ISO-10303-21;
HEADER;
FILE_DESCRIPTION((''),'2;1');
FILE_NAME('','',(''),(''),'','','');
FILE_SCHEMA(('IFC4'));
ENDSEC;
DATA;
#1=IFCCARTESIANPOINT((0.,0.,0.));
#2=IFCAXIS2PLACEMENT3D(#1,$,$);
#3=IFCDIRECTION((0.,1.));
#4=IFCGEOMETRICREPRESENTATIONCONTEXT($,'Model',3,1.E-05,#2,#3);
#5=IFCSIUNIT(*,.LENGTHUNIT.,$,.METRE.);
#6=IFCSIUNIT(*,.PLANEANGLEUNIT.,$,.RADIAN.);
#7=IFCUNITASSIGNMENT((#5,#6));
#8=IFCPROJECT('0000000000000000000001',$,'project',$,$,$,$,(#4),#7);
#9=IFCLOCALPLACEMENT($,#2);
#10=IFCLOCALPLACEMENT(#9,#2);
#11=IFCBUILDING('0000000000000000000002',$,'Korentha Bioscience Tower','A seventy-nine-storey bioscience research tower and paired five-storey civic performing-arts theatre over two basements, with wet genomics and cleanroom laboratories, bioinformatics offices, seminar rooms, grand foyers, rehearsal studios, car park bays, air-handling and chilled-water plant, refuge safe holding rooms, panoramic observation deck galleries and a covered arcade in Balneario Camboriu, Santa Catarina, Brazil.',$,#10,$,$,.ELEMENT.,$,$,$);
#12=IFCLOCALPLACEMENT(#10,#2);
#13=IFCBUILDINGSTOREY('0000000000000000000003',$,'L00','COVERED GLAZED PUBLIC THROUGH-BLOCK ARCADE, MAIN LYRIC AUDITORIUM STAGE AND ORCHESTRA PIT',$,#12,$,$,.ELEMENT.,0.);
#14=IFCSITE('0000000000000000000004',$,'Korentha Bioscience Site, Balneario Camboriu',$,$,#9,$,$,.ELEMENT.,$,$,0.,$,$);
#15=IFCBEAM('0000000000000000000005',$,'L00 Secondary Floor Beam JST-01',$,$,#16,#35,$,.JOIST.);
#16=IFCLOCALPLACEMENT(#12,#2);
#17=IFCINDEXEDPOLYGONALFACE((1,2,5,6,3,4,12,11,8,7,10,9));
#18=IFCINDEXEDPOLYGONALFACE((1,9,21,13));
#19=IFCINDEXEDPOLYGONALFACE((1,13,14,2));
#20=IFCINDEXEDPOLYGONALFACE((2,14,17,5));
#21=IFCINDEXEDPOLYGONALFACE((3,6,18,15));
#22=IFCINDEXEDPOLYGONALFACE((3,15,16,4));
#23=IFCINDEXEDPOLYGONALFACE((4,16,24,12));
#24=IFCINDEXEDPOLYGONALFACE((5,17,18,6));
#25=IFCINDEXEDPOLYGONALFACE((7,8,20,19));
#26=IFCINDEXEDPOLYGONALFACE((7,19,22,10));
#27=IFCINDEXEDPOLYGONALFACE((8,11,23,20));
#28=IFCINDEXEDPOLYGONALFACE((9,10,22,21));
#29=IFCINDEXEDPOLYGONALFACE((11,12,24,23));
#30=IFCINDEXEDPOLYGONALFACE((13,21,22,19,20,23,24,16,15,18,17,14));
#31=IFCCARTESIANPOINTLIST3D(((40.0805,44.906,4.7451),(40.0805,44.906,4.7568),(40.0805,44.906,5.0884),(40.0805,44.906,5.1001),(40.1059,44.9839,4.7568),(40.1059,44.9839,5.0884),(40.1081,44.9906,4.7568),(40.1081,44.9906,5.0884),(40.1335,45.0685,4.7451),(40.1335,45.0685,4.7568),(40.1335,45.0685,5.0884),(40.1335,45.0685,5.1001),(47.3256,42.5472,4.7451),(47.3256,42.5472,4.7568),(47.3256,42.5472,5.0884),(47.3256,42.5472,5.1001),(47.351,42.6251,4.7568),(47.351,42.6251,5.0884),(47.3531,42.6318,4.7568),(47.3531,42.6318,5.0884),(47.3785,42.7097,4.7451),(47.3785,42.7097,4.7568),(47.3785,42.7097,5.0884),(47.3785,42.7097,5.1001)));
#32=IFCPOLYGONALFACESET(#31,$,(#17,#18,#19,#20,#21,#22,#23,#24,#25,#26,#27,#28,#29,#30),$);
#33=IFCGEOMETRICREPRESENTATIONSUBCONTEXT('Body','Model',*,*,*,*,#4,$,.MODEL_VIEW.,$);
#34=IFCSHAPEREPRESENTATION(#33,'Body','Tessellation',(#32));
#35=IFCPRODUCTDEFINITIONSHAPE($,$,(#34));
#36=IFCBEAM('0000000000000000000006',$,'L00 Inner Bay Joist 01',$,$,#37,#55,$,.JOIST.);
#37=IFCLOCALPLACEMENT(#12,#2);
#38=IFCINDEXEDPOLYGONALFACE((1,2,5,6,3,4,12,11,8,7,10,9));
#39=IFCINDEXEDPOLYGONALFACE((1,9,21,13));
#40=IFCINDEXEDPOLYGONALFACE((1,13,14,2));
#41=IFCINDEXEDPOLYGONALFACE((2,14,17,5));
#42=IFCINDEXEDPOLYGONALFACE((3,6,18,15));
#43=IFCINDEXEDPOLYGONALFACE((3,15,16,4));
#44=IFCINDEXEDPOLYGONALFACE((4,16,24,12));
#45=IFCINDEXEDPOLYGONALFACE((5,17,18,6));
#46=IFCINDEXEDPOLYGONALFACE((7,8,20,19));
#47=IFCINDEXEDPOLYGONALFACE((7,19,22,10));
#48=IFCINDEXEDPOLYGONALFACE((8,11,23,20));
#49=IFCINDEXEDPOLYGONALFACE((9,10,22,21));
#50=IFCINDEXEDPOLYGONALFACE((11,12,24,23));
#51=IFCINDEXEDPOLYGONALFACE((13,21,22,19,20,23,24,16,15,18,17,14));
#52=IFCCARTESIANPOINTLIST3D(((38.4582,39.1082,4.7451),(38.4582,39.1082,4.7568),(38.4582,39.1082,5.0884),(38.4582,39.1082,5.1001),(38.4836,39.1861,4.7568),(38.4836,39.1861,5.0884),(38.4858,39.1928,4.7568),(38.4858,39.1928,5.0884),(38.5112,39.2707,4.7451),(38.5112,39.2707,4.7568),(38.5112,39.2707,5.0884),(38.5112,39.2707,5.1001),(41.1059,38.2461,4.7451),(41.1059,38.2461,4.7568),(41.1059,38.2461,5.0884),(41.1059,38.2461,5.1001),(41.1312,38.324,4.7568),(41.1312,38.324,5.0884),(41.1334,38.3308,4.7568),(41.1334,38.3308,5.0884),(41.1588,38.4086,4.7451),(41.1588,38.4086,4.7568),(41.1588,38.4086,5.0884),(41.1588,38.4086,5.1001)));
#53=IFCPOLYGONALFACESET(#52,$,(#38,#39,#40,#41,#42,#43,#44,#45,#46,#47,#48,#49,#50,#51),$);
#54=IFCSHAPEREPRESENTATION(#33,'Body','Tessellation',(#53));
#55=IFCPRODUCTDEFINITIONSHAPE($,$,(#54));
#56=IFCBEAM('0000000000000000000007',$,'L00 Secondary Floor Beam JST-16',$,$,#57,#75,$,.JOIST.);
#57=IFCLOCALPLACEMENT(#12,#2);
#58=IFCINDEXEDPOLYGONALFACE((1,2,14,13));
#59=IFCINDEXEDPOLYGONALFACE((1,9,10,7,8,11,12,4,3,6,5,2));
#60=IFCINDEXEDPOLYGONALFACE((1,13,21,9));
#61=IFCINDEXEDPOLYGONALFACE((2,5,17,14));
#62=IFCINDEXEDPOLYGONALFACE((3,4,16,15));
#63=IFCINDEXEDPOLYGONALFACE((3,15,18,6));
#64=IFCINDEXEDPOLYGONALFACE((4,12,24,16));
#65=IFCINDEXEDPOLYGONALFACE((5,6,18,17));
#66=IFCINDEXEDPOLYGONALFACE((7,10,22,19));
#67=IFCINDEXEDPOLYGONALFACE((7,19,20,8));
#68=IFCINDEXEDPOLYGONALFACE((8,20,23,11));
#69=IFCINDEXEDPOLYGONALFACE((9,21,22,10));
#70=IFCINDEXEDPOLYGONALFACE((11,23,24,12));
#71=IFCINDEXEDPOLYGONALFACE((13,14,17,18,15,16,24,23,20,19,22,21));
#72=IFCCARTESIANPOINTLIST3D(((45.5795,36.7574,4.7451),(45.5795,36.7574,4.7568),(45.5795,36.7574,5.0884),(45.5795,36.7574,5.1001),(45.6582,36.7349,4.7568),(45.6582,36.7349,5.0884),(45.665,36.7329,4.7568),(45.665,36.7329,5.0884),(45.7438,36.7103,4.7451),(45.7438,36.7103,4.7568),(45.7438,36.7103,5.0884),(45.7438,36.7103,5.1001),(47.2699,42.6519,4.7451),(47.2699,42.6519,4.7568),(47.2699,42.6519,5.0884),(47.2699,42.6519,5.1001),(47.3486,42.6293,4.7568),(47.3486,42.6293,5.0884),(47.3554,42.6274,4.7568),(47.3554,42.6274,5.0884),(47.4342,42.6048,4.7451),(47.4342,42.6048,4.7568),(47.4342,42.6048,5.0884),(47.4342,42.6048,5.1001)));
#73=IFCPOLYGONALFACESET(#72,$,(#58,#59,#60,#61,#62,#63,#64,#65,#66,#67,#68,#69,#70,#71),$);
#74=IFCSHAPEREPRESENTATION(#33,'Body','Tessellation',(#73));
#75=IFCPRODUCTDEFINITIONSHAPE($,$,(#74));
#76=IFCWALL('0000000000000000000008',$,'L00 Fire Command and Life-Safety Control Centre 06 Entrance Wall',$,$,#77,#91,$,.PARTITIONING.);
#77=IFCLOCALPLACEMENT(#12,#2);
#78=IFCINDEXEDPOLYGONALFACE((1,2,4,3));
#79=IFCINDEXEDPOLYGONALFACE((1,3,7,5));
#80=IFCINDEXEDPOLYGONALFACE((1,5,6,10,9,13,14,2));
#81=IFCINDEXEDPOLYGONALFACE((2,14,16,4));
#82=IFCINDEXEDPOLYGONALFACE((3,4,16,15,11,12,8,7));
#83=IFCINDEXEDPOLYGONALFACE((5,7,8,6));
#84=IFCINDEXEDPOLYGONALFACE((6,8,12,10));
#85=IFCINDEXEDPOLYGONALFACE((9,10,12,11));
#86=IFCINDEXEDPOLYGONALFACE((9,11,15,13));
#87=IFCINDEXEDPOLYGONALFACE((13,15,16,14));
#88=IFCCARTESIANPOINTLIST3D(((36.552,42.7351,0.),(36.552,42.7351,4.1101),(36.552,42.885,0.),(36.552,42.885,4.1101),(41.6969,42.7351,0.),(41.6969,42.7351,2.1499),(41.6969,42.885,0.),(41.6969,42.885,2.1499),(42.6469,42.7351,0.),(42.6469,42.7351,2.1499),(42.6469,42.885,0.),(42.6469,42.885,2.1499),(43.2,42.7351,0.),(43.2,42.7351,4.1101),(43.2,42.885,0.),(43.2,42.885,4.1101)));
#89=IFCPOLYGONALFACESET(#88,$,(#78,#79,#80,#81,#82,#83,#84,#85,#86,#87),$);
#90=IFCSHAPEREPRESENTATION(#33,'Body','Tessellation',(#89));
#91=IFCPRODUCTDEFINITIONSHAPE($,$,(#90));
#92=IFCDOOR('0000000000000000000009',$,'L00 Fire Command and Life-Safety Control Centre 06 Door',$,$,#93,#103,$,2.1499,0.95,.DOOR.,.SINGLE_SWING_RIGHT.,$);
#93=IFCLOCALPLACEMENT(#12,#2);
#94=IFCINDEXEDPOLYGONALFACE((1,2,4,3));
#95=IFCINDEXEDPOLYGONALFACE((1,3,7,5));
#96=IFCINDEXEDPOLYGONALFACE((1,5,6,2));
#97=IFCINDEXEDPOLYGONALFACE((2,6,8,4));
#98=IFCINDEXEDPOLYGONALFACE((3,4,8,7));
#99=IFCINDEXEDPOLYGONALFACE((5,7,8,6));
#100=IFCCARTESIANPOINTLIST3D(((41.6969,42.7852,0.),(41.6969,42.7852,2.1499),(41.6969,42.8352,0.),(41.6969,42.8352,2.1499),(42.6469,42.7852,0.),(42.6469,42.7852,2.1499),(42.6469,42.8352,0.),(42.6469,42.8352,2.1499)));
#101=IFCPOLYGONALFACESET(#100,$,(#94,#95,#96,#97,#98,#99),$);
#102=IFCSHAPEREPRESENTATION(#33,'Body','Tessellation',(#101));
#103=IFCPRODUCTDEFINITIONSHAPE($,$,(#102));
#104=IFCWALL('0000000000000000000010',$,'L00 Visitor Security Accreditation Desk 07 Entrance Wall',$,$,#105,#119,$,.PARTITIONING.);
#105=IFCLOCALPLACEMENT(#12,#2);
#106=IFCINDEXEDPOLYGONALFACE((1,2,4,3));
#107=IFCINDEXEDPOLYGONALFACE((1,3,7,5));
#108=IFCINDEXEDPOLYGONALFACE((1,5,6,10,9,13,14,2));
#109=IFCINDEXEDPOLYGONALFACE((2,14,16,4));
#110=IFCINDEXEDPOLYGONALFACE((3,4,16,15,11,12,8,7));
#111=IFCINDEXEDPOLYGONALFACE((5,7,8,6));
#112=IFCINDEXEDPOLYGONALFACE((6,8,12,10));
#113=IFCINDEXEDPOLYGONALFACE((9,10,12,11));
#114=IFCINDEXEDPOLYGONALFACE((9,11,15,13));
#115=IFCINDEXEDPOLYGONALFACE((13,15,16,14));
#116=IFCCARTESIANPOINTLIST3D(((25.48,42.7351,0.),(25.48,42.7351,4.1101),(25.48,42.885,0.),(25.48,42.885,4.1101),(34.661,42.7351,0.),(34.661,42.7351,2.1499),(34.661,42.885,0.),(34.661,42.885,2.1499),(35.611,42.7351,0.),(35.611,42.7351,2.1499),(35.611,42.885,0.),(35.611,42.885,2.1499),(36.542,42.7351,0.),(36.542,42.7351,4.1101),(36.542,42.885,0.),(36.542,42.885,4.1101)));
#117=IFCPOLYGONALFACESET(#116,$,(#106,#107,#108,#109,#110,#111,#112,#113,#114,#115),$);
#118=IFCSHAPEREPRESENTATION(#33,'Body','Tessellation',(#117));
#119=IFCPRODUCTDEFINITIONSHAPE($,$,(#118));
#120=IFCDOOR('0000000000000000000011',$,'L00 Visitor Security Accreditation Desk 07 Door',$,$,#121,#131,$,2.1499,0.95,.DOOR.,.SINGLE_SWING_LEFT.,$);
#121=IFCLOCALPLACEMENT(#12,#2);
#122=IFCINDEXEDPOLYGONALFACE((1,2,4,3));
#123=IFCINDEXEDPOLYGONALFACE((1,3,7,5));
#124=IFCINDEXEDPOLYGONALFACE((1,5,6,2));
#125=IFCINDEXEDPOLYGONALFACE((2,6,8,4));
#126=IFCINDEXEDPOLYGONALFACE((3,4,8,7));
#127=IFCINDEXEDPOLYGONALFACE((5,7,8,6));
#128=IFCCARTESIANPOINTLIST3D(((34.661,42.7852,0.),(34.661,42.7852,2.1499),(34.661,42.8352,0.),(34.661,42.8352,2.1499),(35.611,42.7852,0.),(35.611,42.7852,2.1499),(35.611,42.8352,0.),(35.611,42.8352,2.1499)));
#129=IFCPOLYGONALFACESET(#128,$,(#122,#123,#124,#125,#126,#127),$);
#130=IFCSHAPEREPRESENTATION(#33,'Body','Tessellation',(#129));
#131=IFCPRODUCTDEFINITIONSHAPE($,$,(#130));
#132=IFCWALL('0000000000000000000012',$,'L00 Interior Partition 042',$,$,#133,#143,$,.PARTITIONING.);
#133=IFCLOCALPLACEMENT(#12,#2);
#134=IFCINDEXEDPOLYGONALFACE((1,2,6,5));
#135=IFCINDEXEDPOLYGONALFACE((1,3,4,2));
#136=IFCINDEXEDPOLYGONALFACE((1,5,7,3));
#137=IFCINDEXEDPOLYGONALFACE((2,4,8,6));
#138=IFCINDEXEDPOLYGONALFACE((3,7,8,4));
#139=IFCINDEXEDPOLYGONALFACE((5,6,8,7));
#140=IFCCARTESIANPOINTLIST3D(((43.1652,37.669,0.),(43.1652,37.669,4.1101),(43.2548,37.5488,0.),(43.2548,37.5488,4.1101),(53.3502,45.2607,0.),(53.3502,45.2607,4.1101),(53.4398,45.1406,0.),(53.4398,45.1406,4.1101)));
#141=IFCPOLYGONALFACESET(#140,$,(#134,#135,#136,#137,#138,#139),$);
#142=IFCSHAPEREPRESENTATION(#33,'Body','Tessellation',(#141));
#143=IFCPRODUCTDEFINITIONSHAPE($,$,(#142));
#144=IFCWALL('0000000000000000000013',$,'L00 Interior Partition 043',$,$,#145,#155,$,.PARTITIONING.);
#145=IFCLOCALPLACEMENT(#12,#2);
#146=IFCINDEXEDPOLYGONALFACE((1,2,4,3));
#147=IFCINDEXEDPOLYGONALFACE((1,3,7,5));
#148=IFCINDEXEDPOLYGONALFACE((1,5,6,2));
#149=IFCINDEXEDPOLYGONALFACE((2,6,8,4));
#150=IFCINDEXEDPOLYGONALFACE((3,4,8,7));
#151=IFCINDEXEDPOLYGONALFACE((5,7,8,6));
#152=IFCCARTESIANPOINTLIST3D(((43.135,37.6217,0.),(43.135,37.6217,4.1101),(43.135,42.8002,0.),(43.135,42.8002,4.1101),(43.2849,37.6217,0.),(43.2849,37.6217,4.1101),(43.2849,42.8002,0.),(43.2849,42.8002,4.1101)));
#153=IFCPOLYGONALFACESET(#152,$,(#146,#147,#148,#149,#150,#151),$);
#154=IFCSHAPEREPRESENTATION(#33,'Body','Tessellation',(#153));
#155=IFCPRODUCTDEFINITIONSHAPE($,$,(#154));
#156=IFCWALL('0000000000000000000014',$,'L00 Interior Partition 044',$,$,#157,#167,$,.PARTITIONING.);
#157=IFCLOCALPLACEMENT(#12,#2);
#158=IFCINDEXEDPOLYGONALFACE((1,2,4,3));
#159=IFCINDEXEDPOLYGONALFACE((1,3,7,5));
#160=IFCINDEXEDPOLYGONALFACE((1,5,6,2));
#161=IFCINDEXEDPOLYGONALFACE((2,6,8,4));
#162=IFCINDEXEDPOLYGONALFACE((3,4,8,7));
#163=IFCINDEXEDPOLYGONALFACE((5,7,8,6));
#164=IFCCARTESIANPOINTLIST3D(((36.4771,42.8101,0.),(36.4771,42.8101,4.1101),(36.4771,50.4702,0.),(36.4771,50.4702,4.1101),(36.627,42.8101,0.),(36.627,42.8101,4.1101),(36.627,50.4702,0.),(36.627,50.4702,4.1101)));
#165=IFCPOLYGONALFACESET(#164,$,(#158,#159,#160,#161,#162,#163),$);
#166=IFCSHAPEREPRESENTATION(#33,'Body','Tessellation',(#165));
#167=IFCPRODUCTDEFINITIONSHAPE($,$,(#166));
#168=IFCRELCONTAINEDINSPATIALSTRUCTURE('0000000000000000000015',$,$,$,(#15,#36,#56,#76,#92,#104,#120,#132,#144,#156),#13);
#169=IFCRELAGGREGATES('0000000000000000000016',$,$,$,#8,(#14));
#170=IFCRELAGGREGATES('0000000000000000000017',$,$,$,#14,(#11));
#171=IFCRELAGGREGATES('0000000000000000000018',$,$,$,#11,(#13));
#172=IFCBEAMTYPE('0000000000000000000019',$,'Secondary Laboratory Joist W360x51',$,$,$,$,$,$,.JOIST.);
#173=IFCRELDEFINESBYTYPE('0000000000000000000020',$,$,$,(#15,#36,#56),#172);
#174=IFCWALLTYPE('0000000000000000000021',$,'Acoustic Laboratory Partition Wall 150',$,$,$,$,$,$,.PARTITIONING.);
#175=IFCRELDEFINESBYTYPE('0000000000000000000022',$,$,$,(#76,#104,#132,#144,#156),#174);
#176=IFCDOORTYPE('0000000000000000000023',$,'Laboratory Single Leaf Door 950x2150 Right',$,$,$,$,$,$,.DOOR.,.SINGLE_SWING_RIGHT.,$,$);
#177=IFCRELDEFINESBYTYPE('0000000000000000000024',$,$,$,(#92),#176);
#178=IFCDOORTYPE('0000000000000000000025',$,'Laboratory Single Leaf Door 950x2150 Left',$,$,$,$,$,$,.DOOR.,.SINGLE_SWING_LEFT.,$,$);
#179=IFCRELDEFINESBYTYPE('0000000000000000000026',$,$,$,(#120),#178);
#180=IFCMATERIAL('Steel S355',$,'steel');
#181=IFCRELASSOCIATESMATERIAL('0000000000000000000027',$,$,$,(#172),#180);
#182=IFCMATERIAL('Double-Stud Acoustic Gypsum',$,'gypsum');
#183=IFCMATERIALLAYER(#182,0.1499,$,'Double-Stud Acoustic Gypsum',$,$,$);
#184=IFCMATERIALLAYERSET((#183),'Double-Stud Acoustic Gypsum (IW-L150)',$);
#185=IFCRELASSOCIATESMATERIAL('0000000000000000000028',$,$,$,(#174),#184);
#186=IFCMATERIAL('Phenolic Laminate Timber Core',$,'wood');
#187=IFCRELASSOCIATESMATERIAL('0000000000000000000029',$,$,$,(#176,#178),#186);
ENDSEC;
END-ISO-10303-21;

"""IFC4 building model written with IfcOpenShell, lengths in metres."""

from ifc_helpers import new_model, si_unit, direction, frame, frame_2d, origin, origin_2d, place, context, subcontext, project, spatial, rectangle, i_section, extrude, material, layer, layer_set, material_profile, profile_set, type_object, element, fill, save


model = new_model("IFC4")

# Units and contexts
model_context = context("Model", 3, precision=1e-05, world=origin(), true_north=direction((0.0, 1.0)))
body_context = subcontext(model_context, "Body", "Model", "MODEL_VIEW")
ifc_project = project(units=[si_unit("LENGTHUNIT", "METRE"), si_unit("PLANEANGLEUNIT", "RADIAN")], contexts=[model_context])

# Site, building, storey
site_placement = place(None, origin())
site = spatial("IfcSite", under=ifc_project, at=site_placement, Name="Korentha Bioscience Site, Balneario Camboriu", CompositionType="ELEMENT", RefElevation=0.0)
building_placement = place(site_placement, origin())
building = spatial("IfcBuilding", under=site, at=building_placement, Name="Korentha Bioscience Tower", Description="A seventy-nine-storey bioscience research tower and paired five-storey civic performing-arts theatre over two basements, with wet genomics and cleanroom laboratories, bioinformatics offices, seminar rooms, grand foyers, rehearsal studios, car park bays, air-handling and chilled-water plant, refuge safe holding rooms, panoramic observation deck galleries and a covered arcade in Balneario Camboriu, Santa Catarina, Brazil.", CompositionType="ELEMENT")
storey_placement = place(building_placement, origin())
storey = spatial("IfcBuildingStorey", under=building, at=storey_placement, Name="L00", Description="COVERED GLAZED PUBLIC THROUGH-BLOCK ARCADE, MAIN LYRIC AUDITORIUM STAGE AND ORCHESTRA PIT", CompositionType="ELEMENT", Elevation=0.0)

# Shared definitions
ifc_material_1 = material(Name="Steel S355", Category="steel")

# Beams
ifc_material_profile_1 = material_profile(ifc_material_1, i_section(OverallWidth=0.1709, OverallDepth=0.355, WebThickness=0.0071, FlangeThickness=0.0117, at=origin_2d()), Name="Steel S355")
ifc_profile_set_1 = profile_set([ifc_material_profile_1], Name="Steel S355 (JB-360)")
beam_type_1 = type_object("IfcBeamType", Name="Secondary Laboratory Joist W360x51", PredefinedType="JOIST", material=ifc_profile_set_1)
beam_1_placement = place(storey_placement, frame((47.3521, 42.6284, 4.9226), z_axis=(-0.950871, 0.309587, 0.0), x_axis=(-0.309587, -0.950871, 0.0)))
element("IfcBeam", 1, at=beam_1_placement, inside=storey, type_object=beam_type_1, Name="L00 Secondary Floor Beam JST-01", PredefinedType="JOIST", context=body_context, shape_type="SweptSolid", body=[
    extrude(i_section(OverallWidth=0.1709, OverallDepth=0.355, WebThickness=0.0071, FlangeThickness=0.0117, at=origin_2d()), origin(), (0.0, 0.0, 1.0), 7.6194),
])
beam_2_placement = place(storey_placement, frame((41.1323, 38.3274, 4.9226), z_axis=(-0.95087, 0.309592, 0.0), x_axis=(-0.309592, -0.95087, 0.0)))
element("IfcBeam", 2, at=beam_2_placement, inside=storey, type_object=beam_type_1, Name="L00 Inner Bay Joist 01", PredefinedType="JOIST", context=body_context, shape_type="SweptSolid", body=[
    extrude(i_section(OverallWidth=0.1709, OverallDepth=0.355, WebThickness=0.0071, FlangeThickness=0.0117, at=origin_2d()), origin(), (0.0, 0.0, 1.0), 2.7844),
])
beam_3_placement = place(storey_placement, frame((45.6616, 36.7339, 4.9226), z_axis=(0.275668, 0.961253, 0.0), x_axis=(-0.961253, 0.275668, 0.0)))
element("IfcBeam", 3, at=beam_3_placement, inside=storey, type_object=beam_type_1, Name="L00 Secondary Floor Beam JST-16", PredefinedType="JOIST", context=body_context, shape_type="SweptSolid", body=[
    extrude(i_section(OverallWidth=0.1709, OverallDepth=0.355, WebThickness=0.0071, FlangeThickness=0.0117, at=origin_2d()), origin(), (0.0, 0.0, 1.0), 6.1321),
])

# Walls, openings, doors
ifc_material_2 = material(Name="Double-Stud Acoustic Gypsum", Category="gypsum")
ifc_layer_1 = layer(ifc_material_2, 0.1499, Name="Double-Stud Acoustic Gypsum")
ifc_layer_set_1 = layer_set([ifc_layer_1], Name="Double-Stud Acoustic Gypsum (IW-L150)")
wall_type_1 = type_object("IfcWallType", Name="Acoustic Laboratory Partition Wall 150", PredefinedType="PARTITIONING", material=ifc_layer_set_1)
wall_1_placement = place(storey_placement, frame((43.2, 42.8101, 0.0), z_axis=(0.0, 0.0, 1.0), x_axis=(-1.0, 0.0, 0.0)))
wall_1 = element("IfcWall", 4, at=wall_1_placement, inside=storey, type_object=wall_type_1, Name="L00 Fire Command and Life-Safety Control Centre 06 Entrance Wall", PredefinedType="PARTITIONING", context=body_context, shape_type="SweptSolid", body=[
    extrude(rectangle(XDim=6.6479, YDim=0.1499, at=frame_2d((3.324, 0.0))), origin(), (0.0, 0.0, 1.0), 4.1101),
])
opening_1_placement = place(wall_1_placement, frame((0.553, 0.0, 0.0)))
opening_1 = element("IfcOpeningElement", 5, at=opening_1_placement, cuts=wall_1, PredefinedType="OPENING", context=body_context, shape_type="SweptSolid", body=[
    extrude(rectangle(XDim=0.95, YDim=2.1499, at=frame_2d((0.4751, 1.075))), frame((0.0, 0.0898, 0.0), z_axis=(0.0, -1.0, 0.0), x_axis=(1.0, 0.0, 0.0)), (0.0, 0.0, 1.0), 0.1797),
])
ifc_material_3 = material(Name="Phenolic Laminate Timber Core", Category="wood")
door_type_1 = type_object("IfcDoorType", Name="Laboratory Single Leaf Door 950x2150 Right", OperationType="SINGLE_SWING_RIGHT", PredefinedType="DOOR", material=ifc_material_3)
door_1_placement = place(opening_1_placement, origin())
door_1 = element("IfcDoor", 6, at=door_1_placement, inside=storey, type_object=door_type_1, Name="L00 Fire Command and Life-Safety Control Centre 06 Door", OperationType="SINGLE_SWING_RIGHT", OverallHeight=2.1499, OverallWidth=0.95, PredefinedType="DOOR", context=body_context, shape_type="SweptSolid", body=[
    extrude(rectangle(XDim=0.95, YDim=2.1499, at=frame_2d((0.4751, 1.075))), frame((0.0, 0.0249, 0.0), z_axis=(0.0, -1.0, 0.0), x_axis=(1.0, 0.0, 0.0)), (0.0, 0.0, 1.0), 0.05),
])
fill(opening_1, door_1)
wall_2_placement = place(storey_placement, frame((36.542, 42.8101, 0.0), z_axis=(0.0, 0.0, 1.0), x_axis=(-1.0, 0.0, 0.0)))
wall_2 = element("IfcWall", 7, at=wall_2_placement, inside=storey, type_object=wall_type_1, Name="L00 Visitor Security Accreditation Desk 07 Entrance Wall", PredefinedType="PARTITIONING", context=body_context, shape_type="SweptSolid", body=[
    extrude(rectangle(XDim=11.062, YDim=0.1499, at=frame_2d((5.531, 0.0))), origin(), (0.0, 0.0, 1.0), 4.1101),
])
opening_2_placement = place(wall_2_placement, frame((0.9309, 0.0, 0.0)))
opening_2 = element("IfcOpeningElement", 8, at=opening_2_placement, cuts=wall_2, PredefinedType="OPENING", context=body_context, shape_type="SweptSolid", body=[
    extrude(rectangle(XDim=0.95, YDim=2.1499, at=frame_2d((0.4751, 1.075))), frame((0.0, 0.0898, 0.0), z_axis=(0.0, -1.0, 0.0), x_axis=(1.0, 0.0, 0.0)), (0.0, 0.0, 1.0), 0.1797),
])
door_type_2 = type_object("IfcDoorType", Name="Laboratory Single Leaf Door 950x2150 Left", OperationType="SINGLE_SWING_LEFT", PredefinedType="DOOR", material=ifc_material_3)
door_2_placement = place(opening_2_placement, origin())
door_2 = element("IfcDoor", 9, at=door_2_placement, inside=storey, type_object=door_type_2, Name="L00 Visitor Security Accreditation Desk 07 Door", OperationType="SINGLE_SWING_LEFT", OverallHeight=2.1499, OverallWidth=0.95, PredefinedType="DOOR", context=body_context, shape_type="SweptSolid", body=[
    extrude(rectangle(XDim=0.95, YDim=2.1499, at=frame_2d((0.4751, 1.075))), frame((0.0, 0.0249, 0.0), z_axis=(0.0, -1.0, 0.0), x_axis=(1.0, 0.0, 0.0)), (0.0, 0.0, 1.0), 0.05),
])
fill(opening_2, door_2)

# Walls
wall_3_placement = place(storey_placement, frame((43.21, 37.6089, 0.0), z_axis=(0.0, 0.0, 1.0), x_axis=(0.801772, 0.59763, 0.0)))
element("IfcWall", 10, at=wall_3_placement, inside=storey, type_object=wall_type_1, Name="L00 Interior Partition 042", PredefinedType="PARTITIONING", context=body_context, shape_type="SweptSolid", body=[
    extrude(rectangle(XDim=12.7031, YDim=0.1499, at=frame_2d((6.3516, 0.0))), origin(), (0.0, 0.0, 1.0), 4.1101),
])
wall_4_placement = place(storey_placement, frame((43.21, 37.6216, 0.0), z_axis=(0.0, 0.0, 1.0), x_axis=(0.0, 1.0, 0.0)))
element("IfcWall", 11, at=wall_4_placement, inside=storey, type_object=wall_type_1, Name="L00 Interior Partition 043", PredefinedType="PARTITIONING", context=body_context, shape_type="SweptSolid", body=[
    extrude(rectangle(XDim=5.1785, YDim=0.1499, at=frame_2d((2.5894, 0.0))), origin(), (0.0, 0.0, 1.0), 4.1101),
])
wall_5_placement = place(storey_placement, frame((36.552, 42.8101, 0.0), z_axis=(0.0, 0.0, 1.0), x_axis=(0.0, 1.0, 0.0)))
element("IfcWall", 12, at=wall_5_placement, inside=storey, type_object=wall_type_1, Name="L00 Interior Partition 044", PredefinedType="PARTITIONING", context=body_context, shape_type="SweptSolid", body=[
    extrude(rectangle(XDim=7.6602, YDim=0.1499, at=frame_2d((3.8301, 0.0))), origin(), (0.0, 0.0, 1.0), 4.1101),
])

save(model, "model.ifc")
